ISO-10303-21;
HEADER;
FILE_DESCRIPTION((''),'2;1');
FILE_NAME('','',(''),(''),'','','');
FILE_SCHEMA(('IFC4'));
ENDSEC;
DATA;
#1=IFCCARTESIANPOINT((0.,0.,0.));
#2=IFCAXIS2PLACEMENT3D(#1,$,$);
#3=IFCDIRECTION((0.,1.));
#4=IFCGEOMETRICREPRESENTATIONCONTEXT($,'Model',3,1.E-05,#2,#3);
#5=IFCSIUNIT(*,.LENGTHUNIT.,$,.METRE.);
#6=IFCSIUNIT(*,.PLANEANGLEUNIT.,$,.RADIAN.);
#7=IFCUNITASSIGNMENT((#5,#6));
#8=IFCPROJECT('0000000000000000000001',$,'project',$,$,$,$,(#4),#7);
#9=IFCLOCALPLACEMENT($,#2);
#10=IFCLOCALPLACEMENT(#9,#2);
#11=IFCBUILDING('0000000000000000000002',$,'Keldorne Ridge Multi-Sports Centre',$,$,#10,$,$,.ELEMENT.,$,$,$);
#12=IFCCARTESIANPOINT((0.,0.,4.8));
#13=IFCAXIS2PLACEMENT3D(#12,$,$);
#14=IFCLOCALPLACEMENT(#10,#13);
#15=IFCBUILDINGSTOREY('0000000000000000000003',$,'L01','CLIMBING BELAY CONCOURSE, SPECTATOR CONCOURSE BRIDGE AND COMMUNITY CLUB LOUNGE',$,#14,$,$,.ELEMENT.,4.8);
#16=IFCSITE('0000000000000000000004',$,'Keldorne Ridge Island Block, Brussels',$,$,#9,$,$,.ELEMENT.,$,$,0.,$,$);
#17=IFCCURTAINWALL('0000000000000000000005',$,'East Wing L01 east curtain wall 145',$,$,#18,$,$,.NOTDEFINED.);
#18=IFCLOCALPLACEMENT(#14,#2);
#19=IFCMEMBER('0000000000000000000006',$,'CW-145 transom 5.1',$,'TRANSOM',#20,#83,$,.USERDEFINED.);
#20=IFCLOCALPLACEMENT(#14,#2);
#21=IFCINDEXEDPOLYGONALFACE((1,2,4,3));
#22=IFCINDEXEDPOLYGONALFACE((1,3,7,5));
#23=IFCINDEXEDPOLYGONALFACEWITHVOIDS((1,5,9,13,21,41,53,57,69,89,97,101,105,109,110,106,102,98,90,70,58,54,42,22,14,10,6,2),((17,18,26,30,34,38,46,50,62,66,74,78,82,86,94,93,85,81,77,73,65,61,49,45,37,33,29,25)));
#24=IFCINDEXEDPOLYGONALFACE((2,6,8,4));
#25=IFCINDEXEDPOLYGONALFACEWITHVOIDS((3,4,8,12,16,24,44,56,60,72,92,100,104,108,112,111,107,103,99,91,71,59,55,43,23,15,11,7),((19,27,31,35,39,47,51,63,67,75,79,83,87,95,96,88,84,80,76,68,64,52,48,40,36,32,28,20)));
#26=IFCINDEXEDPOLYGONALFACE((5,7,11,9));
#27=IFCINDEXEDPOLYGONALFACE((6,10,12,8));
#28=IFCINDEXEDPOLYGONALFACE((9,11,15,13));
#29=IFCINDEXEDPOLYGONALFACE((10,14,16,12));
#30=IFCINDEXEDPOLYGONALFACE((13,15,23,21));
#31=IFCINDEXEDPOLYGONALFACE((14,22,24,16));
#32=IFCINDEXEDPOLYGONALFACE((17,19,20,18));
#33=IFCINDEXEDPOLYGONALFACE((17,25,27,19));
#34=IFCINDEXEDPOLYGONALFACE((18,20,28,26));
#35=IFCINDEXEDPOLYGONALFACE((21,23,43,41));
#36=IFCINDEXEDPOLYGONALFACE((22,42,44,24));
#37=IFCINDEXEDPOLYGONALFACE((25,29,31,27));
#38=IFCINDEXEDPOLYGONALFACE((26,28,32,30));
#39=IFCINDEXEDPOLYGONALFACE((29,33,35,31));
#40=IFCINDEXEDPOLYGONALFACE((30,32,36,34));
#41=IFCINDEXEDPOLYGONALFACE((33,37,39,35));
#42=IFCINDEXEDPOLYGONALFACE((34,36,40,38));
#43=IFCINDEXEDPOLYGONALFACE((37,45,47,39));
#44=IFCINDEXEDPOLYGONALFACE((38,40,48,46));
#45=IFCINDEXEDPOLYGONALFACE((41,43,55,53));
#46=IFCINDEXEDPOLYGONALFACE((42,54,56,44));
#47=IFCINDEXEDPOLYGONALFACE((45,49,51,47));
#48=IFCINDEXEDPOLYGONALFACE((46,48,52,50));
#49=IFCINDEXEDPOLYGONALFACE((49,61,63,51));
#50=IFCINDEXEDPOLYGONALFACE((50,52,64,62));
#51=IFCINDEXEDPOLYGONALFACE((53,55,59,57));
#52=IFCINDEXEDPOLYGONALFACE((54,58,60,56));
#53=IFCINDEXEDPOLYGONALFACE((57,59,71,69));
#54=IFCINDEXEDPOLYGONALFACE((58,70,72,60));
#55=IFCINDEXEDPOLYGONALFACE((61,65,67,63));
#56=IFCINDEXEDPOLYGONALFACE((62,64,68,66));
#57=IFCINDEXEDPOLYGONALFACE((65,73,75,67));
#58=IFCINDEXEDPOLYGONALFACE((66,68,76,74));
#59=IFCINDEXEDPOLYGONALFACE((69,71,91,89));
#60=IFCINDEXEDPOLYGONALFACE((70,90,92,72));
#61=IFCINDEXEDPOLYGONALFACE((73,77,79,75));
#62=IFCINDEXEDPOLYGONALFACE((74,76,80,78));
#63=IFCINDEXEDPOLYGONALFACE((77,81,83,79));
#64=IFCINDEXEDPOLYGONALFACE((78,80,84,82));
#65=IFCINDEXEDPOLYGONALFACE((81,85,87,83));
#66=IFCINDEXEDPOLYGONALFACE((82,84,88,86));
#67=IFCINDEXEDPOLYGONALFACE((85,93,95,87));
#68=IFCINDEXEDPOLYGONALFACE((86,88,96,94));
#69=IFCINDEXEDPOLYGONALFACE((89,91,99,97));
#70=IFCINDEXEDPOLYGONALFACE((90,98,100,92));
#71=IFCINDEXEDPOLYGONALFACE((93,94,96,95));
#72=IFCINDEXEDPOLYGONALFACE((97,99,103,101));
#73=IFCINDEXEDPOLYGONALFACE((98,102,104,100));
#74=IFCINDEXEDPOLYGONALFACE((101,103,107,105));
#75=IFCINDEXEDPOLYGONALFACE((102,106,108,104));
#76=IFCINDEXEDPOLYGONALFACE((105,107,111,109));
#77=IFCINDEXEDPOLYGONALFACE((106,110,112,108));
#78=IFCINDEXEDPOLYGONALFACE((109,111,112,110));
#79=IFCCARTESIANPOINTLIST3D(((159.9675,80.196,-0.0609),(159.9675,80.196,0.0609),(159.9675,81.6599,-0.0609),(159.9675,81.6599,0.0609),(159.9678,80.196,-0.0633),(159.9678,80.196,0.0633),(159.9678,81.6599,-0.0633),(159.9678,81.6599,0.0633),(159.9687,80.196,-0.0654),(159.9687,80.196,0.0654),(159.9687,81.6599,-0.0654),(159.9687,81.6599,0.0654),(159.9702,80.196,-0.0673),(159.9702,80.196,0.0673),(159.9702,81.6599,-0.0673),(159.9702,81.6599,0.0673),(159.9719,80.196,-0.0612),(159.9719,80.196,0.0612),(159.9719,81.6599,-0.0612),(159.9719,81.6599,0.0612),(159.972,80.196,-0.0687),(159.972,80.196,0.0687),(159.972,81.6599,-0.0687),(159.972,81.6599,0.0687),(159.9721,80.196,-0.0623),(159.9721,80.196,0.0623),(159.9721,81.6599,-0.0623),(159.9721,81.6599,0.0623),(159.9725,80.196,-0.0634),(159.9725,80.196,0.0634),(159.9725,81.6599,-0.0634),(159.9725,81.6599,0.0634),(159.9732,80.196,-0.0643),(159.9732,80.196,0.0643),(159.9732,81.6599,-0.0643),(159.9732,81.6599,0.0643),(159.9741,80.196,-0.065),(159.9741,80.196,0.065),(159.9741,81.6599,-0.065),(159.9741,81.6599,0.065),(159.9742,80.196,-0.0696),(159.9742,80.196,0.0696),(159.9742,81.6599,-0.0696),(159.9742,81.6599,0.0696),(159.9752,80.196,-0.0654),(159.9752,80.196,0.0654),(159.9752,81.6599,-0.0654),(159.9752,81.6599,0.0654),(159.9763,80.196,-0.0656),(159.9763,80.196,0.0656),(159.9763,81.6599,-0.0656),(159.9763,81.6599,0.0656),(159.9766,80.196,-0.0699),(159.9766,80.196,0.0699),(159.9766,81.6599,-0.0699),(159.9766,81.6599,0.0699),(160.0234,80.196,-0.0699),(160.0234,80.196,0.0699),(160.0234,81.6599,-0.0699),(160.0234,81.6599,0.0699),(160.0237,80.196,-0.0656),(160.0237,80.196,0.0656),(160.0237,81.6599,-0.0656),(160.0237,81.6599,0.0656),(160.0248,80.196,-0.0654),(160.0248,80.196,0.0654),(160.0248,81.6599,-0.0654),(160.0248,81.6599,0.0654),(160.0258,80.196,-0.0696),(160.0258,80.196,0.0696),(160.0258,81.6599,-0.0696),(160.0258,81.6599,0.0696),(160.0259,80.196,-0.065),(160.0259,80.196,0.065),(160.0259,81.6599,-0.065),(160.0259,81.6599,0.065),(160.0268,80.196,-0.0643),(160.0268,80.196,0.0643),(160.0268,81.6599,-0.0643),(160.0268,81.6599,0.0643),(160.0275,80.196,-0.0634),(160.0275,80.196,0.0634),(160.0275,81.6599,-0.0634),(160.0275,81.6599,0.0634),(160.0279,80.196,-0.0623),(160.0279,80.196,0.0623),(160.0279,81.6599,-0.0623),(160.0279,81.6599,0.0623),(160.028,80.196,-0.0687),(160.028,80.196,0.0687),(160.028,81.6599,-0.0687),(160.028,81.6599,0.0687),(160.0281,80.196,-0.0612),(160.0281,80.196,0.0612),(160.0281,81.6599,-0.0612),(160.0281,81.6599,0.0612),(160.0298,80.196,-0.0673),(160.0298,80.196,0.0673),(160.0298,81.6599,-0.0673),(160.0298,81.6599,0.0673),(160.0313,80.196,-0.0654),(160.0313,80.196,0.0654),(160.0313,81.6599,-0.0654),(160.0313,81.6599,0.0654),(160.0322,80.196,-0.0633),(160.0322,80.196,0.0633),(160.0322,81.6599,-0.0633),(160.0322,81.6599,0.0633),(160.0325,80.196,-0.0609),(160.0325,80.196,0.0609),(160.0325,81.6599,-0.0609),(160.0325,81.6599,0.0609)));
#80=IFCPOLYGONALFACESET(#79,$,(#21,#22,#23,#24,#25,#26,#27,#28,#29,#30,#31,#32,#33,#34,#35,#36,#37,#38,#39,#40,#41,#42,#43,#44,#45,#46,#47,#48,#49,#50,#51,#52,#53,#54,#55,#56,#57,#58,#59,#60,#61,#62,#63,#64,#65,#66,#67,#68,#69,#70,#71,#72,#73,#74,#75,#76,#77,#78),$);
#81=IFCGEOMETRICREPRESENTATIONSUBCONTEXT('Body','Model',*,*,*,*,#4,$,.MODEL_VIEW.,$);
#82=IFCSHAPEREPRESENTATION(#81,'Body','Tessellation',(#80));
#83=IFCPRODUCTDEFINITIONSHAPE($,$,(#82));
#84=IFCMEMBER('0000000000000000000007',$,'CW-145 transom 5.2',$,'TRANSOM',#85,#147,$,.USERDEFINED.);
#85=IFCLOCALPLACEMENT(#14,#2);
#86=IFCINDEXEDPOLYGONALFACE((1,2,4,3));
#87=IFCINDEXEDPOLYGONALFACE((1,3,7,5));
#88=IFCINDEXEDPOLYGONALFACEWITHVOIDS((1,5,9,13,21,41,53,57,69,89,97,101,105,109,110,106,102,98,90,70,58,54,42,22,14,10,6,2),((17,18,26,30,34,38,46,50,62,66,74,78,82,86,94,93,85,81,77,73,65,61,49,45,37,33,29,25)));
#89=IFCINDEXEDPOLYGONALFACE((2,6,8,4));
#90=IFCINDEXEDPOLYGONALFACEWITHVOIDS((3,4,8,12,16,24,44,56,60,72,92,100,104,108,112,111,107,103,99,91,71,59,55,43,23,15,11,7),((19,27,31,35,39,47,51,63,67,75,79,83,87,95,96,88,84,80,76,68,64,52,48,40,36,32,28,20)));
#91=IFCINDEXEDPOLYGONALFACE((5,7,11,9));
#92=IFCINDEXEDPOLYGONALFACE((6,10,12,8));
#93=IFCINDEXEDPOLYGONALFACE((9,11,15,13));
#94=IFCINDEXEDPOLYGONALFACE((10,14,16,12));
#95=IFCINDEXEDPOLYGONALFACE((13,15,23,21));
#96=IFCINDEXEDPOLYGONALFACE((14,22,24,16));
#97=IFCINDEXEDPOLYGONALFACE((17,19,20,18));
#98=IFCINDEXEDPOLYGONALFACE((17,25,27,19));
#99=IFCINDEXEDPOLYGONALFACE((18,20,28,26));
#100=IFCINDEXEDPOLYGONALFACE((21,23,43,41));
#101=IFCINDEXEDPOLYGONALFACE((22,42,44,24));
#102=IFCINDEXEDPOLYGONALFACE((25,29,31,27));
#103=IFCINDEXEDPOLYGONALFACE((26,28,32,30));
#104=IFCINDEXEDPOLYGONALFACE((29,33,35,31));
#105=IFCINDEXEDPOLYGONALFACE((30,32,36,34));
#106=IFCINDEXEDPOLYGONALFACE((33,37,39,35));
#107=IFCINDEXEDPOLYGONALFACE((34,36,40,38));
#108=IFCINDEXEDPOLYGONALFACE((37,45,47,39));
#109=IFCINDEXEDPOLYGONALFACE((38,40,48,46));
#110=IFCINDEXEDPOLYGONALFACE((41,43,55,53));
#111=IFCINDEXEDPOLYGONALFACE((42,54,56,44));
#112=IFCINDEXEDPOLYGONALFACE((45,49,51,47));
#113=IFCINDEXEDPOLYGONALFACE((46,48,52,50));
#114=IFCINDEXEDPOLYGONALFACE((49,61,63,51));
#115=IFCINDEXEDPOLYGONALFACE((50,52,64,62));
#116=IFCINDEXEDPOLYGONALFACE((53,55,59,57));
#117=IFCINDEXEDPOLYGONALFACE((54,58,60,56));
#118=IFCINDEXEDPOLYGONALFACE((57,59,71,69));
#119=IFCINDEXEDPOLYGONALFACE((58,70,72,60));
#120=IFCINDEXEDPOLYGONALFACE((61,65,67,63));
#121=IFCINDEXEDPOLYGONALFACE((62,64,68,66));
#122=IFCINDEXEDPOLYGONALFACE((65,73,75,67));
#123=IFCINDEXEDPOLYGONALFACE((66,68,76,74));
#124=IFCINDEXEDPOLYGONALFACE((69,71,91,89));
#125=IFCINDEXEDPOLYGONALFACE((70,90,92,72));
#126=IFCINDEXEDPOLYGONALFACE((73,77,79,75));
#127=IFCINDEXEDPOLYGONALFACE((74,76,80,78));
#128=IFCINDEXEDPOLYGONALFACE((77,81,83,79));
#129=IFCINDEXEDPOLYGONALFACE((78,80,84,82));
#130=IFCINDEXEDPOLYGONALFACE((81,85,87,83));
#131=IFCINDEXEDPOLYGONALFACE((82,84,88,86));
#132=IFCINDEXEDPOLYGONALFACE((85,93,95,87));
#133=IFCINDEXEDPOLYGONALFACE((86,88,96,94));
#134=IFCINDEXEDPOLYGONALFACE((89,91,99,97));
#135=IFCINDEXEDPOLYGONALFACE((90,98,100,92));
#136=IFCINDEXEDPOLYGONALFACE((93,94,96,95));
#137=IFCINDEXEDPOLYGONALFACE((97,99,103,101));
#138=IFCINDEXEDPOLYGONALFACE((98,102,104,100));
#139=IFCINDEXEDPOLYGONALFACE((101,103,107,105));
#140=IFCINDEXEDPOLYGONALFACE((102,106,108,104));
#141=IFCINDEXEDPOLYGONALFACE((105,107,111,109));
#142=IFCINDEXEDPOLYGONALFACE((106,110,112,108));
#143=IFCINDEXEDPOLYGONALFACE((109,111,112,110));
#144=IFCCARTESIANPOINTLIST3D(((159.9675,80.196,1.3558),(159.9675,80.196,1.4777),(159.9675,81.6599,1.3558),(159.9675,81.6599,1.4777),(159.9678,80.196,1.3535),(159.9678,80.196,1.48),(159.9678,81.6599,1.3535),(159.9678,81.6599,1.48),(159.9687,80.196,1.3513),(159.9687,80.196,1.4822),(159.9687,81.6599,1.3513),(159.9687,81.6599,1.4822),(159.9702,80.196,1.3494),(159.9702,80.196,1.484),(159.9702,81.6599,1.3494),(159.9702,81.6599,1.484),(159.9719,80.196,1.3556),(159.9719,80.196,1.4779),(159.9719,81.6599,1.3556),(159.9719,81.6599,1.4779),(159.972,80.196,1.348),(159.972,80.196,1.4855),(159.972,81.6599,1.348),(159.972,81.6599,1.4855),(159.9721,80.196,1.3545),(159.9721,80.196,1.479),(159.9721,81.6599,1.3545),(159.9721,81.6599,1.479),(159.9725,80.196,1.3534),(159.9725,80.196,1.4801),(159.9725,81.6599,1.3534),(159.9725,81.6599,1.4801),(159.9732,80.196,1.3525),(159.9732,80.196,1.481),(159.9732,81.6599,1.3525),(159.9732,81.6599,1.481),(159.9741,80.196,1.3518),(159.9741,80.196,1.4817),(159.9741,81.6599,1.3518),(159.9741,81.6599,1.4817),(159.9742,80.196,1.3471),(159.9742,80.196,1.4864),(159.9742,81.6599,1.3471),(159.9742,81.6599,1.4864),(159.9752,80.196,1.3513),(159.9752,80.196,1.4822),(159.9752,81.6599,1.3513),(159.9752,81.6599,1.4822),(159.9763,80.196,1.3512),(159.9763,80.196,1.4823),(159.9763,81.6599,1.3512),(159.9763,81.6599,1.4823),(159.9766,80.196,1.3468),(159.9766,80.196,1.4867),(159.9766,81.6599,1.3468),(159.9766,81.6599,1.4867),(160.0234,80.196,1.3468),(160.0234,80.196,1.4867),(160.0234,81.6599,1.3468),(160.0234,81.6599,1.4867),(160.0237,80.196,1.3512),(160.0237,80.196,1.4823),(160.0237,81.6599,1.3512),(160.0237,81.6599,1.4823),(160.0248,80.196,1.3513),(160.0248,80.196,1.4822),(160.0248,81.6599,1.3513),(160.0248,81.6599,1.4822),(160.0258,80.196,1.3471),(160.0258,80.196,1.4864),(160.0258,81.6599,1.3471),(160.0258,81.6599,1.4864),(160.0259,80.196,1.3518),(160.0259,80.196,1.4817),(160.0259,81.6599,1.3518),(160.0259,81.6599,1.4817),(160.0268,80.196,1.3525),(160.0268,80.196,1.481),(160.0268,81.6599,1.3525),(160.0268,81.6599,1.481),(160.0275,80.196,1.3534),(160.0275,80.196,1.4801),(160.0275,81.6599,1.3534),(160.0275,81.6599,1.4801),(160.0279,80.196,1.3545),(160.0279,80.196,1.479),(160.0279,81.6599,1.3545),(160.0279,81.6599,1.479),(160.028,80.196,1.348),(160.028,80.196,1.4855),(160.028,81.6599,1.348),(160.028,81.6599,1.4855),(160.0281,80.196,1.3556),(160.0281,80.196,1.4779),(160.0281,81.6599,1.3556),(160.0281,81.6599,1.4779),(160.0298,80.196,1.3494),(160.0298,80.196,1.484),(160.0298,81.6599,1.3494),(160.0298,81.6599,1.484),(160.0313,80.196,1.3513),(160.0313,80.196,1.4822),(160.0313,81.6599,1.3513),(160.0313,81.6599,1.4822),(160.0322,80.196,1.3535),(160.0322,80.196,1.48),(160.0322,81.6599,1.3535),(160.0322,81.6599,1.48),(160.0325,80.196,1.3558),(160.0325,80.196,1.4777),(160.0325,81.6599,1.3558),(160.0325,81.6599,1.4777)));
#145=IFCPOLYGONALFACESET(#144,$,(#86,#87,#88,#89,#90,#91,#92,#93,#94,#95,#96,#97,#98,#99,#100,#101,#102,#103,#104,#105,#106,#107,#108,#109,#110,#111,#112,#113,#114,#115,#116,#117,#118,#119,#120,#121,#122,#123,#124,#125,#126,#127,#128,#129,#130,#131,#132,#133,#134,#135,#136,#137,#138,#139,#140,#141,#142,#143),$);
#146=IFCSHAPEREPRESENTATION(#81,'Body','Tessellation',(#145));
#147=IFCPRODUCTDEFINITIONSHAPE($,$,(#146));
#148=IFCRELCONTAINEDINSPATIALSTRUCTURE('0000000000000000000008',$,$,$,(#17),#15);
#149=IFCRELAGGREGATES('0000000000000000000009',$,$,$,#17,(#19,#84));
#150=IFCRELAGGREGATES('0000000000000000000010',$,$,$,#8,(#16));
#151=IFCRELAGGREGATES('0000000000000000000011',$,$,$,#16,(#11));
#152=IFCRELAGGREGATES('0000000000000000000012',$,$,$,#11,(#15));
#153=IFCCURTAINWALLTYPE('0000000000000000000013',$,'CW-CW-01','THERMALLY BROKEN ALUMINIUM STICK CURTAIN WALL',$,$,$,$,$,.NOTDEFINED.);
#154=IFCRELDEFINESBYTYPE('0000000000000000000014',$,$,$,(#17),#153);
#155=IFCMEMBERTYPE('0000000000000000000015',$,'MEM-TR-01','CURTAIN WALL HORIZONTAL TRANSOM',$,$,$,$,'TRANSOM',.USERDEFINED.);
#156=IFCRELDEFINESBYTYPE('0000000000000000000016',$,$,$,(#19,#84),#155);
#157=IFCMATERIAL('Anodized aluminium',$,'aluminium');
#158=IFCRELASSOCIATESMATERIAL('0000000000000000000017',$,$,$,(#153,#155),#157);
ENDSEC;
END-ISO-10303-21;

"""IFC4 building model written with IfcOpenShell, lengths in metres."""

from ifc_helpers import new_model, si_unit, direction, frame, origin, origin_2d, place, context, subcontext, project, spatial, hollow_rectangle, extrude, material, material_profile, profile_set, type_object, element, aggregate, save


model = new_model("IFC4")

# Units and contexts
model_context = context("Model", 3, precision=1e-05, world=origin(), true_north=direction((0.0, 1.0)))
body_context = subcontext(model_context, "Body", "Model", "MODEL_VIEW")
ifc_project = project(units=[si_unit("LENGTHUNIT", "METRE"), si_unit("PLANEANGLEUNIT", "RADIAN")], contexts=[model_context])

# Site, building, storey
site_placement = place(None, origin())
site = spatial("IfcSite", under=ifc_project, at=site_placement, Name="Keldorne Ridge Island Block, Brussels", CompositionType="ELEMENT", RefElevation=0.0)
building_placement = place(site_placement, origin())
building = spatial("IfcBuilding", under=site, at=building_placement, Name="Keldorne Ridge Multi-Sports Centre", CompositionType="ELEMENT")
storey_placement = place(building_placement, frame((0.0, 0.0, 4.8)))
storey = spatial("IfcBuildingStorey", under=building, at=storey_placement, Name="L01", Description="CLIMBING BELAY CONCOURSE, SPECTATOR CONCOURSE BRIDGE AND COMMUNITY CLUB LOUNGE", CompositionType="ELEMENT", Elevation=4.8)

# Curtain wall, members
ifc_material_1 = material(Name="Anodized aluminium", Category="aluminium")
curtain_wall_type = type_object("IfcCurtainWallType", Name="CW-CW-01", Description="THERMALLY BROKEN ALUMINIUM STICK CURTAIN WALL", PredefinedType="NOTDEFINED", material=ifc_material_1)
curtain_wall_placement = place(storey_placement, origin())
curtain_wall = element("IfcCurtainWall", 1, at=curtain_wall_placement, inside=storey, type_object=curtain_wall_type, Name="East Wing L01 east curtain wall 145", PredefinedType="NOTDEFINED")
ifc_material_profile_1 = material_profile(ifc_material_1, hollow_rectangle(XDim=0.0649, YDim=0.1399, WallThickness=0.0044, InnerFilletRadius=0.0044, OuterFilletRadius=0.009, at=origin_2d()), Name="ALU TRANSOM 140x65x4.5")
ifc_profile_set_1 = profile_set([ifc_material_profile_1], Name="Anodized aluminium")
member_type_1 = type_object("IfcMemberType", Name="MEM-TR-01", Description="CURTAIN WALL HORIZONTAL TRANSOM", ElementType="TRANSOM", PredefinedType="USERDEFINED", material=ifc_profile_set_1)
member_1_placement = place(storey_placement, frame((160.0, 80.196, 0.0), z_axis=(0.0, 1.0, 0.0), x_axis=(-1.0, 0.0, 0.0)))
member_1 = element("IfcMember", 2, at=member_1_placement, type_object=member_type_1, Name="CW-145 transom 5.1", ObjectType="TRANSOM", PredefinedType="USERDEFINED", context=body_context, shape_type="SweptSolid", body=[
    extrude(hollow_rectangle(XDim=0.0649, YDim=0.1399, WallThickness=0.0044, InnerFilletRadius=0.0044, OuterFilletRadius=0.009, at=origin_2d()), origin(), (0.0, 0.0, 1.0), 1.4639),
])
member_2_placement = place(storey_placement, frame((160.0, 80.196, 1.4167), z_axis=(0.0, 1.0, 0.0), x_axis=(-1.0, 0.0, 0.0)))
member_2 = element("IfcMember", 3, at=member_2_placement, type_object=member_type_1, Name="CW-145 transom 5.2", ObjectType="TRANSOM", PredefinedType="USERDEFINED", context=body_context, shape_type="SweptSolid", body=[
    extrude(hollow_rectangle(XDim=0.0649, YDim=0.1399, WallThickness=0.0044, InnerFilletRadius=0.0044, OuterFilletRadius=0.009, at=origin_2d()), origin(), (0.0, 0.0, 1.0), 1.4639),
])
aggregate(curtain_wall, [member_1, member_2])

save(model, "model.ifc")
